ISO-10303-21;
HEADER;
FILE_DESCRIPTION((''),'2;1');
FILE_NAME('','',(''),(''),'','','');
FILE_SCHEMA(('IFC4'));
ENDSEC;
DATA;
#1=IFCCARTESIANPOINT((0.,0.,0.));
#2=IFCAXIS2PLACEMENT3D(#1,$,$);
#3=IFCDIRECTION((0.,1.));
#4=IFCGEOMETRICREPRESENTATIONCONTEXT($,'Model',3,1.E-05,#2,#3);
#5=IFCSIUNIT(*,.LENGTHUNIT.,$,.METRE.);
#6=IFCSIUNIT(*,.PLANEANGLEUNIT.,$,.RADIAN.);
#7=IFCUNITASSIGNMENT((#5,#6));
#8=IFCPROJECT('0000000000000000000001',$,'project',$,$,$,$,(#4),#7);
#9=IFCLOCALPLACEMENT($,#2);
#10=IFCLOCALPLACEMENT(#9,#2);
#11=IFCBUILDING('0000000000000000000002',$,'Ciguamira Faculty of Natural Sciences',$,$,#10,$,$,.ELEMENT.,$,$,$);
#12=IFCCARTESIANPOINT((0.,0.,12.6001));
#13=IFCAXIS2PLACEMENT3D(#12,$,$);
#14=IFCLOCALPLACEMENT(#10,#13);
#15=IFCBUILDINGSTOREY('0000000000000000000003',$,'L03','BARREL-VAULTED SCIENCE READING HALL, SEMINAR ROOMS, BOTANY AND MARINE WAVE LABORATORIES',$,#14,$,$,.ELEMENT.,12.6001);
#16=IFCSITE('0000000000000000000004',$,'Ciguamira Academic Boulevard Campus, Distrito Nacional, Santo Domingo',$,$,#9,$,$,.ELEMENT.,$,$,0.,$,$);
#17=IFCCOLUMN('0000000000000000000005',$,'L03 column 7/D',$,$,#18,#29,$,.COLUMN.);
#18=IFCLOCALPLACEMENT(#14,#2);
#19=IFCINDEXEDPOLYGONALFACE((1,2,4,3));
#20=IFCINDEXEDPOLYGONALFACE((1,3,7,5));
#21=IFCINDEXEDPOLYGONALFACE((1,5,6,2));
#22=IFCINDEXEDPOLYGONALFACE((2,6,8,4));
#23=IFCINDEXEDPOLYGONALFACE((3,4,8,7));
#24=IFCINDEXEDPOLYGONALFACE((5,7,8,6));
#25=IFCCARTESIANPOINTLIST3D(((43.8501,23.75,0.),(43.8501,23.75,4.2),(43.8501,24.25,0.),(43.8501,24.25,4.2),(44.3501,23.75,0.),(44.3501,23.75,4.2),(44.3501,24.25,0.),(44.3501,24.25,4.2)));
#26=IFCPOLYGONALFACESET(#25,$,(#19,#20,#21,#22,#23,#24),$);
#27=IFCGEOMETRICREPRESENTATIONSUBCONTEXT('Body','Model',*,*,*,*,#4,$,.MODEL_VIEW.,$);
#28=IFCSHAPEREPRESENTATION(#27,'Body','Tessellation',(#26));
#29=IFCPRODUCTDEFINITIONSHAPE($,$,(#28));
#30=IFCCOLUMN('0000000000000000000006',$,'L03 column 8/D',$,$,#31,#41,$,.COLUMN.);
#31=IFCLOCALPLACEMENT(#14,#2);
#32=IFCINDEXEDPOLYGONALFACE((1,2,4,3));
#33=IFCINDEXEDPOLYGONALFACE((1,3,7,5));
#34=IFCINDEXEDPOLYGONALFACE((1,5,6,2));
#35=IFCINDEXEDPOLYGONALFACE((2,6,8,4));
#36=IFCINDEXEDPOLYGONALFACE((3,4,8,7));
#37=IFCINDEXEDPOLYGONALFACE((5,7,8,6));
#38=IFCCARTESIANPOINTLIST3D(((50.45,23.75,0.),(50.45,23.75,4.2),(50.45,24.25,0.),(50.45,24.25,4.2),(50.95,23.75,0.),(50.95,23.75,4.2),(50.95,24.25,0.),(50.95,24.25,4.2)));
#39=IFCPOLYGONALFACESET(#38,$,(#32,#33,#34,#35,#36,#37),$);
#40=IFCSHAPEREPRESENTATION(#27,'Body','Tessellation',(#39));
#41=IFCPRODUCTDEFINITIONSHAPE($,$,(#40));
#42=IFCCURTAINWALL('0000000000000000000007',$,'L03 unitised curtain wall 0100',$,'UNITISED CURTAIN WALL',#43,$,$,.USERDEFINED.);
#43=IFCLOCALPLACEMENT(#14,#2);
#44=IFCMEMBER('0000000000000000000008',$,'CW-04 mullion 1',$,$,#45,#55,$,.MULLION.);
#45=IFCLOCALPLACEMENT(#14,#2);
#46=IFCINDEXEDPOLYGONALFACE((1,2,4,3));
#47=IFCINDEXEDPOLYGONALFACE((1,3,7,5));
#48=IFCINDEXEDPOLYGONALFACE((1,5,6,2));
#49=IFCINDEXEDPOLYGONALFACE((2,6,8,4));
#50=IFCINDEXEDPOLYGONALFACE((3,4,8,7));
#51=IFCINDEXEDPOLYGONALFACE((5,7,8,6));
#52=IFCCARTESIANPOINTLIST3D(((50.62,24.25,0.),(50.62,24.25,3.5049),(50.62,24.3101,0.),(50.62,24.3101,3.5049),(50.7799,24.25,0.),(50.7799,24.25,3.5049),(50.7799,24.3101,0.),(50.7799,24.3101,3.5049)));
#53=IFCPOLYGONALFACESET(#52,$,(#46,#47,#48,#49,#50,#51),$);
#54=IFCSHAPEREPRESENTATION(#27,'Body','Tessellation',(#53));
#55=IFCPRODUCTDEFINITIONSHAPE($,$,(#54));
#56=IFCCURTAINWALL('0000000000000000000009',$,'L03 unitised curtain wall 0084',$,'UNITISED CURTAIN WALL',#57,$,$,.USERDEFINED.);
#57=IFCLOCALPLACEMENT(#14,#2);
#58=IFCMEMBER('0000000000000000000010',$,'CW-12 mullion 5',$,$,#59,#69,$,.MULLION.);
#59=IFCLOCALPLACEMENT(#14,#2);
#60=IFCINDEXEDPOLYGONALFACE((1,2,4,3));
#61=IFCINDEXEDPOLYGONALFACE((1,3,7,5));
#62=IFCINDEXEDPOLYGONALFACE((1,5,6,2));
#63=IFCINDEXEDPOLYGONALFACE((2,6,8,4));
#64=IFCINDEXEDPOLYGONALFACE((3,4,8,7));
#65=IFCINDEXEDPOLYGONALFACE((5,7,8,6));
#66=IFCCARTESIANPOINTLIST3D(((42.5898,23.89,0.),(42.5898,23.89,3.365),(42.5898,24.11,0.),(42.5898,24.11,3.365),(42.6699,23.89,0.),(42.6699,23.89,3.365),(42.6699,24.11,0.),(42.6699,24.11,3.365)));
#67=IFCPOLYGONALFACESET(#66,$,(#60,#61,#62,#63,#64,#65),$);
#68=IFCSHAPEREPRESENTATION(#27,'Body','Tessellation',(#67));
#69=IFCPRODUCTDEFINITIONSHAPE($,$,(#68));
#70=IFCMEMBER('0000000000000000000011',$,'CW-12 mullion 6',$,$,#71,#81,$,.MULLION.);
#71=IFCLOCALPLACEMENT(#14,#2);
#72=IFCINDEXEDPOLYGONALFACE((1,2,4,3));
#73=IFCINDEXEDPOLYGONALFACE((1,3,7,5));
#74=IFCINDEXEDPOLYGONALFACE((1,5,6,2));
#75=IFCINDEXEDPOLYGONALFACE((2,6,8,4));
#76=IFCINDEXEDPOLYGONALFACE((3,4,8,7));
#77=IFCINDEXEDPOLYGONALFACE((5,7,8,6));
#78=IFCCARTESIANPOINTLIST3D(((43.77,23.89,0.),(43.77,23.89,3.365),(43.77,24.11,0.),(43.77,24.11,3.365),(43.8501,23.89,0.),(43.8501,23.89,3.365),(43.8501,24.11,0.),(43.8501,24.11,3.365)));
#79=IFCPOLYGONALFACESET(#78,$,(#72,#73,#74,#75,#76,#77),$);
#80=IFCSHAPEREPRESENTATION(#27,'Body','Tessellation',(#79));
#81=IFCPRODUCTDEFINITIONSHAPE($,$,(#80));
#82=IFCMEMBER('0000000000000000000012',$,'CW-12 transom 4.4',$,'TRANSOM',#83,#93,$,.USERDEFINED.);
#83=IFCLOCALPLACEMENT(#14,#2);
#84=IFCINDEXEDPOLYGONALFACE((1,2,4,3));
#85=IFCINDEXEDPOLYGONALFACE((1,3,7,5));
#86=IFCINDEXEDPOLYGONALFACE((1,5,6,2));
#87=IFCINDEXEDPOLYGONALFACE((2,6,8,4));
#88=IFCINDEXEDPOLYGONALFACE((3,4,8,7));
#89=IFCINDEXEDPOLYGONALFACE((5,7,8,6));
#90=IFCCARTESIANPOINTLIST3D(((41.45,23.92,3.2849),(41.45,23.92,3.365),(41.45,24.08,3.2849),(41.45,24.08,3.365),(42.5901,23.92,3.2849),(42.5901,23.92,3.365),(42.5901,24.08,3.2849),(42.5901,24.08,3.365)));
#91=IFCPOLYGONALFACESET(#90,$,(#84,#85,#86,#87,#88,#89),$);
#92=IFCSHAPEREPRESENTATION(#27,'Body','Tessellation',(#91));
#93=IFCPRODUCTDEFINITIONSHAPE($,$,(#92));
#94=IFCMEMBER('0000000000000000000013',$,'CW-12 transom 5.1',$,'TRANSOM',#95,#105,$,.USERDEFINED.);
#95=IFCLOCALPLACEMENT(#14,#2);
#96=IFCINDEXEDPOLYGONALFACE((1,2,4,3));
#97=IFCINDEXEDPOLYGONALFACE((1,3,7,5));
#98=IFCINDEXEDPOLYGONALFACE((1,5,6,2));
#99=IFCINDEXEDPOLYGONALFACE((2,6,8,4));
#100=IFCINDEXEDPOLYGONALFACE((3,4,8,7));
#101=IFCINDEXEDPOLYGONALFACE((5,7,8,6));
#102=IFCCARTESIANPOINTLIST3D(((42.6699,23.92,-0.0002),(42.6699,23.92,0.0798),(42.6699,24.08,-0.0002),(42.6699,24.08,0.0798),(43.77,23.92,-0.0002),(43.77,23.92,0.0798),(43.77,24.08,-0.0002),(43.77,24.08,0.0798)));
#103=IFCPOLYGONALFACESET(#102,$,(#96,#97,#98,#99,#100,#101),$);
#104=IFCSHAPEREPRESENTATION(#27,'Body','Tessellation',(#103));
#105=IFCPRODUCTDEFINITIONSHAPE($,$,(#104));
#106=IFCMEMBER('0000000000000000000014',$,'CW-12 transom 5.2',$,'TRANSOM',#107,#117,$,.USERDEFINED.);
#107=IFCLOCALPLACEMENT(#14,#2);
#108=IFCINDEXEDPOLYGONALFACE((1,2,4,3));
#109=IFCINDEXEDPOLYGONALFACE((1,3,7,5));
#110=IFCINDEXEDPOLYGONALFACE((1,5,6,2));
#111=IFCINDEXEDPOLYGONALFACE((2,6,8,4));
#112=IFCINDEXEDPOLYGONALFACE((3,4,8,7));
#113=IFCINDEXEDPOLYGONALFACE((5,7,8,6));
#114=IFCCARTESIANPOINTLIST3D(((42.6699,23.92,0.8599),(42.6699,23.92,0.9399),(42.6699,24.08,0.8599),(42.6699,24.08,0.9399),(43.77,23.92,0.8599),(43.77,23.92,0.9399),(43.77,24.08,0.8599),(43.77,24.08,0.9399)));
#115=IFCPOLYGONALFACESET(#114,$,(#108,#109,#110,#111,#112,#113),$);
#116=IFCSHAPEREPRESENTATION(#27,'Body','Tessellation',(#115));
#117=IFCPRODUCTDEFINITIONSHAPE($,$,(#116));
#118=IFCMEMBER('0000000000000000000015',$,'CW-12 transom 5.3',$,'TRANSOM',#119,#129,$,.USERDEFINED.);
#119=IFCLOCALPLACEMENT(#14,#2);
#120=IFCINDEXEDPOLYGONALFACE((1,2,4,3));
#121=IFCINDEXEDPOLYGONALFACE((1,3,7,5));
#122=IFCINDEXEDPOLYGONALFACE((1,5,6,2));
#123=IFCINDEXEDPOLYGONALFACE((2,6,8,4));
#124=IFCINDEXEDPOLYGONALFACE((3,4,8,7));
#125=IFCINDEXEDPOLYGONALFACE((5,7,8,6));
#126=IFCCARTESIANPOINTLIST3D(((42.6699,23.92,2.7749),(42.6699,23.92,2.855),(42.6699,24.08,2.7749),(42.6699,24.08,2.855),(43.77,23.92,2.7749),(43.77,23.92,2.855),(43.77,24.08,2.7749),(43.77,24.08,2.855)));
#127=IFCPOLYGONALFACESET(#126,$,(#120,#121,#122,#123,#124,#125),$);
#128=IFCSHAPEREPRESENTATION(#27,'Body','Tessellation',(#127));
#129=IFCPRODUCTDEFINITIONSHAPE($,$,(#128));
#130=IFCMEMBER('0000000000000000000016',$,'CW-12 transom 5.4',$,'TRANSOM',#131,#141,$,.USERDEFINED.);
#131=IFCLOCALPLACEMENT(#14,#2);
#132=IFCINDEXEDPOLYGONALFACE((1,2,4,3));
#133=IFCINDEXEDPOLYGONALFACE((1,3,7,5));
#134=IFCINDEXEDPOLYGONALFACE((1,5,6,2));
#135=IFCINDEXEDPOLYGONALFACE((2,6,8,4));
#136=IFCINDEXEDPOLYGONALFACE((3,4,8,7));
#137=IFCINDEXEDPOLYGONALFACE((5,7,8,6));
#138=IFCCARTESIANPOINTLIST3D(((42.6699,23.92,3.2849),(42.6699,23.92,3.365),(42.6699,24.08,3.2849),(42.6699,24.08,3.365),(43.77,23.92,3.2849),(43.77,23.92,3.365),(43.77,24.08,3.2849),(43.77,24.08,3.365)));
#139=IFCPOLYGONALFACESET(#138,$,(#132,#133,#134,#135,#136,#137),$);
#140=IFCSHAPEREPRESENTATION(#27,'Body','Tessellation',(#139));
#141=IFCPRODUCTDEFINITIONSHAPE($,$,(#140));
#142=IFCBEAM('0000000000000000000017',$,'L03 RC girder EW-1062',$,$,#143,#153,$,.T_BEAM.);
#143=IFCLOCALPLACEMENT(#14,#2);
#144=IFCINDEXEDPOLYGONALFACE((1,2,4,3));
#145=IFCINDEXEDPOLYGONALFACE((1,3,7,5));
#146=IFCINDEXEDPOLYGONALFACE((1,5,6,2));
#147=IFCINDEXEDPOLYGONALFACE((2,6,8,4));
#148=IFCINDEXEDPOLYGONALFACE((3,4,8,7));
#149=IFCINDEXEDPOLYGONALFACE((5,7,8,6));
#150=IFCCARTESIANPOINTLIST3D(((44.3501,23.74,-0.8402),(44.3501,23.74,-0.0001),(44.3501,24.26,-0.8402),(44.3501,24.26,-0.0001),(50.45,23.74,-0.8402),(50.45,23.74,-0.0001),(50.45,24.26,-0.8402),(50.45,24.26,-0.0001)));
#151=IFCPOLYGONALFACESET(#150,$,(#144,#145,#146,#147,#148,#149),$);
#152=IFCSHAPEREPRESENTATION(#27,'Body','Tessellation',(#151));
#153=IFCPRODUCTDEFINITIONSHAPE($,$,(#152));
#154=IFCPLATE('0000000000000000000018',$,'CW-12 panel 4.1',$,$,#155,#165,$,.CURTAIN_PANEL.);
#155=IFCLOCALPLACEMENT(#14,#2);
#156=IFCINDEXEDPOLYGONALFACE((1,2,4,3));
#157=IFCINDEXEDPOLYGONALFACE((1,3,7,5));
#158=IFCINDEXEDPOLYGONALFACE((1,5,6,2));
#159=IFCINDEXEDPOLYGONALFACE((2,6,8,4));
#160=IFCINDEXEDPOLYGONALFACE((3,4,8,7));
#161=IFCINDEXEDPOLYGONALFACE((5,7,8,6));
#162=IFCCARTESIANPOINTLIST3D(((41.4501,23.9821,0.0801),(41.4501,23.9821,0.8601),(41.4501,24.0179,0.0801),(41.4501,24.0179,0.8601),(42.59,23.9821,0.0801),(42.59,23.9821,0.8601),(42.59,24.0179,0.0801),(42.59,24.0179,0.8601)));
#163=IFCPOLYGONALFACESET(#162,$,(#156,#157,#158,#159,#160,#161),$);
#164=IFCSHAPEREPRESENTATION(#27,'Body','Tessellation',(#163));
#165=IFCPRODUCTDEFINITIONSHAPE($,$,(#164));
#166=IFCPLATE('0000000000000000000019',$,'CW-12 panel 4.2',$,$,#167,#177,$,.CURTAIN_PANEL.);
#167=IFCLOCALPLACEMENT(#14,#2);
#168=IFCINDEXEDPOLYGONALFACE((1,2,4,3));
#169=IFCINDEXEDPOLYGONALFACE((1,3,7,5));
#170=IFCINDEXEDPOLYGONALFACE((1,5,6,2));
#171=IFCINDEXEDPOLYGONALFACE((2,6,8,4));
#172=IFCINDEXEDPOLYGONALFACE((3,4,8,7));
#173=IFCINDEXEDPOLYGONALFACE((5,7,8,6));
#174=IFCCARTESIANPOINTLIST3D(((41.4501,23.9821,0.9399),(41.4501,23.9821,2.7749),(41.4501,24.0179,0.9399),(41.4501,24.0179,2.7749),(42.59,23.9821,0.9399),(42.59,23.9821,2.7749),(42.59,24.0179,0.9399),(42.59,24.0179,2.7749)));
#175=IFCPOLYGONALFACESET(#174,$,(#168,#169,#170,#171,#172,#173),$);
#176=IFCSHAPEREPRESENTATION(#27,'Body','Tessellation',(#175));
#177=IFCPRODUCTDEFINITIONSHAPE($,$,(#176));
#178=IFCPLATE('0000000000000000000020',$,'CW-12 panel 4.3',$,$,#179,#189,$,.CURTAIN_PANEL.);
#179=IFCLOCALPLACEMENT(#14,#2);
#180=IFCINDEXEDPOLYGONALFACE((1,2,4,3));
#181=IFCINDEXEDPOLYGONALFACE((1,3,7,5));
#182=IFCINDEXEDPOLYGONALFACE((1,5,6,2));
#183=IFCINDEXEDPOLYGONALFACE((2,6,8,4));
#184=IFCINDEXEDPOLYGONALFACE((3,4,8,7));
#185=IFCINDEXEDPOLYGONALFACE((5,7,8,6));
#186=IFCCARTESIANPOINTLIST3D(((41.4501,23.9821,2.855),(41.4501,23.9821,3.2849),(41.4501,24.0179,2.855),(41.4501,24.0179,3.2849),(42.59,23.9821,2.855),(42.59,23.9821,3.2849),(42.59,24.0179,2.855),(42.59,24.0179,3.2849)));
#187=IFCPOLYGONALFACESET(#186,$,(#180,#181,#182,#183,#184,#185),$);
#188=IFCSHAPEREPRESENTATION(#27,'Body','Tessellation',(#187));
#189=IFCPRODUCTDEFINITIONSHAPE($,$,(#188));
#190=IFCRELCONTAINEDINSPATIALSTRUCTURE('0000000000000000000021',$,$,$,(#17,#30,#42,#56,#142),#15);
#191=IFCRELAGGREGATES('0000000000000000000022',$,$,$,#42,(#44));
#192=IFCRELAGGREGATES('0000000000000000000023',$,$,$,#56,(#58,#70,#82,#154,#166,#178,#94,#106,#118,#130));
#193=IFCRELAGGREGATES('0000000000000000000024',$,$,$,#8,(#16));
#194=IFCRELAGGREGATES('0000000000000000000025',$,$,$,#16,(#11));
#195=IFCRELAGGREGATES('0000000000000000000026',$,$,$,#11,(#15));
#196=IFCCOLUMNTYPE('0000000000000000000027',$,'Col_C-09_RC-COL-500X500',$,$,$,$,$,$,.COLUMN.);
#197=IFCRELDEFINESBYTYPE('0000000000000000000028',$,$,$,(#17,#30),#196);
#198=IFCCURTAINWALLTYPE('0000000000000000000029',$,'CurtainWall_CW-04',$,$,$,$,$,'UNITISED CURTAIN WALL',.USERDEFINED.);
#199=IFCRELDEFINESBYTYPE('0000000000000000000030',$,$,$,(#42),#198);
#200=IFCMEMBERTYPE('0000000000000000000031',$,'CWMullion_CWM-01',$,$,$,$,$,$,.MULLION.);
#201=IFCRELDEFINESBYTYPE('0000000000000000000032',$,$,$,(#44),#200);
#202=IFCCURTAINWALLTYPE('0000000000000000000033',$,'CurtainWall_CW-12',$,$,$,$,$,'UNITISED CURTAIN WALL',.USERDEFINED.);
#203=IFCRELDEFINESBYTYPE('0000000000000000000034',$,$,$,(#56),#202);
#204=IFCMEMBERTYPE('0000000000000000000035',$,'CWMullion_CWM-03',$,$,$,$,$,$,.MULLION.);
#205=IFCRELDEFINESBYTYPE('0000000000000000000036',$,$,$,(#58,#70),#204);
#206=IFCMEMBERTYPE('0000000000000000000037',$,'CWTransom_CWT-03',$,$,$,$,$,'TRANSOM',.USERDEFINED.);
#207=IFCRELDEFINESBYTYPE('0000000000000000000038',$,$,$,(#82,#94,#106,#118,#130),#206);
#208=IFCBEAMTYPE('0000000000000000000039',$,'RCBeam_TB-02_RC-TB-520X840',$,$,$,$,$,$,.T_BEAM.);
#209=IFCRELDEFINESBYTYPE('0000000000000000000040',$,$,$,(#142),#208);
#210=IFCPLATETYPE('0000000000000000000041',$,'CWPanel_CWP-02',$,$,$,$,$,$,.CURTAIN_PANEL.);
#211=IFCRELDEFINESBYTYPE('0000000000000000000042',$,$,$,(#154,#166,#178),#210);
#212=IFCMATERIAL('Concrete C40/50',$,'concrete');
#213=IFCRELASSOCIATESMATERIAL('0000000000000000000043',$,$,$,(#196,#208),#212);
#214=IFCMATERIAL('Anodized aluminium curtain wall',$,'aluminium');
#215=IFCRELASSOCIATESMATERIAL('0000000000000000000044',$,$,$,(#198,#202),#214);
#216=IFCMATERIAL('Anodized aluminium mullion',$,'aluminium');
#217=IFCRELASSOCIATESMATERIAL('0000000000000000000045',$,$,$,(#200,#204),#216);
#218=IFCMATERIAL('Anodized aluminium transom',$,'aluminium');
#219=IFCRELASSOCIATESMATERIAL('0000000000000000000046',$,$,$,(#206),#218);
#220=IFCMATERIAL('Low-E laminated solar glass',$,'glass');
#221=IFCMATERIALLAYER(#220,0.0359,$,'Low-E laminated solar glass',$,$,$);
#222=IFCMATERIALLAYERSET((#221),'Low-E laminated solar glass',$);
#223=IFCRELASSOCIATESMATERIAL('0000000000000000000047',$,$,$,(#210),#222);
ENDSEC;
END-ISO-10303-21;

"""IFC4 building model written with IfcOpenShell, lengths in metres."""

from ifc_helpers import new_model, si_unit, direction, frame, origin, origin_2d, place, context, subcontext, project, spatial, rectangle, extrude, material, layer, layer_set, material_profile, profile_set, type_object, element, aggregate, save


model = new_model("IFC4")

# Units and contexts
model_context = context("Model", 3, precision=1e-05, world=origin(), true_north=direction((0.0, 1.0)))
body_context = subcontext(model_context, "Body", "Model", "MODEL_VIEW")
ifc_project = project(units=[si_unit("LENGTHUNIT", "METRE"), si_unit("PLANEANGLEUNIT", "RADIAN")], contexts=[model_context])

# Site, building, storey
site_placement = place(None, origin())
site = spatial("IfcSite", under=ifc_project, at=site_placement, Name="Ciguamira Academic Boulevard Campus, Distrito Nacional, Santo Domingo", CompositionType="ELEMENT", RefElevation=0.0)
building_placement = place(site_placement, origin())
building = spatial("IfcBuilding", under=site, at=building_placement, Name="Ciguamira Faculty of Natural Sciences", CompositionType="ELEMENT")
storey_placement = place(building_placement, frame((0.0, 0.0, 12.6001)))
storey = spatial("IfcBuildingStorey", under=building, at=storey_placement, Name="L03", Description="BARREL-VAULTED SCIENCE READING HALL, SEMINAR ROOMS, BOTANY AND MARINE WAVE LABORATORIES", CompositionType="ELEMENT", Elevation=12.6001)

# Columns
ifc_material_1 = material(Name="Concrete C40/50", Category="concrete")
ifc_material_profile_1 = material_profile(ifc_material_1, rectangle(XDim=0.5, YDim=0.5, at=origin_2d()), Name="RC-COL-500X500")
ifc_profile_set_1 = profile_set([ifc_material_profile_1], Name="Concrete C40/50")
column_type = type_object("IfcColumnType", Name="Col_C-09_RC-COL-500X500", PredefinedType="COLUMN", material=ifc_profile_set_1)
for number, where, z_axis, x_axis, name in (
    (1, (44.1001, 24.0, 0.0), (0.0, 0.0, 1.0), (1.0, 0.0, 0.0), "L03 column 7/D"),
    (2, (50.7, 24.0, 0.0), (0.0, 0.0, 1.0), (1.0, 0.0, 0.0), "L03 column 8/D"),
):
    element("IfcColumn", number, at=place(storey_placement, frame(where, z_axis=z_axis, x_axis=x_axis)), inside=storey, type_object=column_type, Name=name, PredefinedType="COLUMN", context=body_context, shape_type="SweptSolid", body=[
        extrude(rectangle(XDim=0.5, YDim=0.5, at=origin_2d()), origin(), (0.0, 0.0, 1.0), 4.2),
    ])

# Curtain wall, member
ifc_material_2 = material(Name="Anodized aluminium curtain wall", Category="aluminium")
curtain_wall_type_1 = type_object("IfcCurtainWallType", Name="CurtainWall_CW-04", ElementType="UNITISED CURTAIN WALL", PredefinedType="USERDEFINED", material=ifc_material_2)
curtain_wall_1_placement = place(storey_placement, origin())
curtain_wall_1 = element("IfcCurtainWall", 3, at=curtain_wall_1_placement, inside=storey, type_object=curtain_wall_type_1, Name="L03 unitised curtain wall 0100", ObjectType="UNITISED CURTAIN WALL", PredefinedType="USERDEFINED")
ifc_material_3 = material(Name="Anodized aluminium mullion", Category="aluminium")
ifc_material_profile_2 = material_profile(ifc_material_3, rectangle(XDim=0.0601, YDim=0.1599, at=origin_2d()), Name="ALU-MUL-60X160")
ifc_profile_set_2 = profile_set([ifc_material_profile_2], Name="Anodized aluminium mullion")
member_type_1 = type_object("IfcMemberType", Name="CWMullion_CWM-01", PredefinedType="MULLION", material=ifc_profile_set_2)
member_1_placement = place(storey_placement, frame((50.7, 24.28, 0.0), z_axis=(0.0, 0.0, 1.0), x_axis=(0.0, 1.0, 0.0)))
member_1 = element("IfcMember", 4, at=member_1_placement, type_object=member_type_1, Name="CW-04 mullion 1", PredefinedType="MULLION", context=body_context, shape_type="SweptSolid", body=[
    extrude(rectangle(XDim=0.0601, YDim=0.1599, at=origin_2d()), origin(), (0.0, 0.0, 1.0), 3.5049),
])
aggregate(curtain_wall_1, [member_1])

# Curtain wall, members
curtain_wall_type_2 = type_object("IfcCurtainWallType", Name="CurtainWall_CW-12", ElementType="UNITISED CURTAIN WALL", PredefinedType="USERDEFINED", material=ifc_material_2)
curtain_wall_2_placement = place(storey_placement, origin())
curtain_wall_2 = element("IfcCurtainWall", 5, at=curtain_wall_2_placement, inside=storey, type_object=curtain_wall_type_2, Name="L03 unitised curtain wall 0084", ObjectType="UNITISED CURTAIN WALL", PredefinedType="USERDEFINED")
ifc_material_profile_3 = material_profile(ifc_material_3, rectangle(XDim=0.0801, YDim=0.22, at=origin_2d()), Name="ALU-MUL-80X220")
ifc_profile_set_3 = profile_set([ifc_material_profile_3], Name="Anodized aluminium mullion")
member_type_2 = type_object("IfcMemberType", Name="CWMullion_CWM-03", PredefinedType="MULLION", material=ifc_profile_set_3)
member_2_placement = place(storey_placement, frame((42.6299, 24.0, 0.0), z_axis=(0.0, 0.0, 1.0), x_axis=(1.0, 0.0, 0.0)))
member_2 = element("IfcMember", 6, at=member_2_placement, type_object=member_type_2, Name="CW-12 mullion 5", PredefinedType="MULLION", context=body_context, shape_type="SweptSolid", body=[
    extrude(rectangle(XDim=0.0801, YDim=0.22, at=origin_2d()), origin(), (0.0, 0.0, 1.0), 3.365),
])
member_3_placement = place(storey_placement, frame((43.8101, 24.0, 0.0), z_axis=(0.0, 0.0, 1.0), x_axis=(1.0, 0.0, 0.0)))
member_3 = element("IfcMember", 7, at=member_3_placement, type_object=member_type_2, Name="CW-12 mullion 6", PredefinedType="MULLION", context=body_context, shape_type="SweptSolid", body=[
    extrude(rectangle(XDim=0.0801, YDim=0.22, at=origin_2d()), origin(), (0.0, 0.0, 1.0), 3.365),
])
ifc_material_4 = material(Name="Anodized aluminium transom", Category="aluminium")
ifc_material_profile_4 = material_profile(ifc_material_4, rectangle(XDim=0.0801, YDim=0.1599, at=origin_2d()), Name="ALU-TRN-80X160")
ifc_profile_set_4 = profile_set([ifc_material_profile_4], Name="Anodized aluminium transom")
member_type_3 = type_object("IfcMemberType", Name="CWTransom_CWT-03", ElementType="TRANSOM", PredefinedType="USERDEFINED", material=ifc_profile_set_4)
member_4_placement = place(storey_placement, frame((41.45, 24.0, 3.325), z_axis=(1.0, 0.0, 0.0), x_axis=(0.0, 0.0, 1.0)))
member_4 = element("IfcMember", 8, at=member_4_placement, type_object=member_type_3, Name="CW-12 transom 4.4", ObjectType="TRANSOM", PredefinedType="USERDEFINED", context=body_context, shape_type="SweptSolid", body=[
    extrude(rectangle(XDim=0.0801, YDim=0.1599, at=origin_2d()), origin(), (0.0, 0.0, 1.0), 1.1401),
])
member_5_placement = place(storey_placement, frame((42.6699, 24.0, 0.0398), z_axis=(1.0, 0.0, 0.0), x_axis=(0.0, 0.0, 1.0)))
member_5 = element("IfcMember", 9, at=member_5_placement, type_object=member_type_3, Name="CW-12 transom 5.1", ObjectType="TRANSOM", PredefinedType="USERDEFINED", context=body_context, shape_type="SweptSolid", body=[
    extrude(rectangle(XDim=0.0801, YDim=0.1599, at=origin_2d()), origin(), (0.0, 0.0, 1.0), 1.1001),
])
member_6_placement = place(storey_placement, frame((42.6699, 24.0, 0.8999), z_axis=(1.0, 0.0, 0.0), x_axis=(0.0, 0.0, 1.0)))
member_6 = element("IfcMember", 10, at=member_6_placement, type_object=member_type_3, Name="CW-12 transom 5.2", ObjectType="TRANSOM", PredefinedType="USERDEFINED", context=body_context, shape_type="SweptSolid", body=[
    extrude(rectangle(XDim=0.0801, YDim=0.1599, at=origin_2d()), origin(), (0.0, 0.0, 1.0), 1.1001),
])
member_7_placement = place(storey_placement, frame((42.6699, 24.0, 2.8149), z_axis=(1.0, 0.0, 0.0), x_axis=(0.0, 0.0, 1.0)))
member_7 = element("IfcMember", 11, at=member_7_placement, type_object=member_type_3, Name="CW-12 transom 5.3", ObjectType="TRANSOM", PredefinedType="USERDEFINED", context=body_context, shape_type="SweptSolid", body=[
    extrude(rectangle(XDim=0.0801, YDim=0.1599, at=origin_2d()), origin(), (0.0, 0.0, 1.0), 1.1001),
])
member_8_placement = place(storey_placement, frame((42.6699, 24.0, 3.325), z_axis=(1.0, 0.0, 0.0), x_axis=(0.0, 0.0, 1.0)))
member_8 = element("IfcMember", 12, at=member_8_placement, type_object=member_type_3, Name="CW-12 transom 5.4", ObjectType="TRANSOM", PredefinedType="USERDEFINED", context=body_context, shape_type="SweptSolid", body=[
    extrude(rectangle(XDim=0.0801, YDim=0.1599, at=origin_2d()), origin(), (0.0, 0.0, 1.0), 1.1001),
])

# Beam
ifc_material_profile_5 = material_profile(ifc_material_1, rectangle(XDim=0.52, YDim=0.8401, at=origin_2d()), Name="RC-TB-520X840")
ifc_profile_set_5 = profile_set([ifc_material_profile_5], Name="Concrete C40/50")
beam_type = type_object("IfcBeamType", Name="RCBeam_TB-02_RC-TB-520X840", PredefinedType="T_BEAM", material=ifc_profile_set_5)
beam_placement = place(storey_placement, frame((44.3501, 24.0, -0.4202), z_axis=(1.0, 0.0, 0.0), x_axis=(0.0, 1.0, 0.0)))
element("IfcBeam", 13, at=beam_placement, inside=storey, type_object=beam_type, Name="L03 RC girder EW-1062", PredefinedType="T_BEAM", context=body_context, shape_type="SweptSolid", body=[
    extrude(rectangle(XDim=0.52, YDim=0.8401, at=origin_2d()), origin(), (0.0, 0.0, 1.0), 6.0999),
])

# Plates
ifc_material_5 = material(Name="Low-E laminated solar glass", Category="glass")
ifc_layer_1 = layer(ifc_material_5, 0.0359, Name="Low-E laminated solar glass")
ifc_layer_set_1 = layer_set([ifc_layer_1], Name="Low-E laminated solar glass")
plate_type = type_object("IfcPlateType", Name="CWPanel_CWP-02", PredefinedType="CURTAIN_PANEL", material=ifc_layer_set_1)
plate_1_placement = place(storey_placement, frame((42.02, 24.0, 0.0801), z_axis=(0.0, 0.0, 1.0), x_axis=(1.0, 0.0, 0.0)))
plate_1 = element("IfcPlate", 14, at=plate_1_placement, type_object=plate_type, Name="CW-12 panel 4.1", PredefinedType="CURTAIN_PANEL", context=body_context, shape_type="SweptSolid", body=[
    extrude(rectangle(XDim=1.1399, YDim=0.0359, at=origin_2d()), origin(), (0.0, 0.0, 1.0), 0.78),
])
plate_2_placement = place(storey_placement, frame((42.02, 24.0, 0.9399), z_axis=(0.0, 0.0, 1.0), x_axis=(1.0, 0.0, 0.0)))
plate_2 = element("IfcPlate", 15, at=plate_2_placement, type_object=plate_type, Name="CW-12 panel 4.2", PredefinedType="CURTAIN_PANEL", context=body_context, shape_type="SweptSolid", body=[
    extrude(rectangle(XDim=1.1399, YDim=0.0359, at=origin_2d()), origin(), (0.0, 0.0, 1.0), 1.835),
])
plate_3_placement = place(storey_placement, frame((42.02, 24.0, 2.855), z_axis=(0.0, 0.0, 1.0), x_axis=(1.0, 0.0, 0.0)))
plate_3 = element("IfcPlate", 16, at=plate_3_placement, type_object=plate_type, Name="CW-12 panel 4.3", PredefinedType="CURTAIN_PANEL", context=body_context, shape_type="SweptSolid", body=[
    extrude(rectangle(XDim=1.1399, YDim=0.0359, at=origin_2d()), origin(), (0.0, 0.0, 1.0), 0.4299),
])
aggregate(curtain_wall_2, [member_2, member_3, member_4, plate_1, plate_2, plate_3, member_5, member_6, member_7, member_8])

save(model, "model.ifc")
